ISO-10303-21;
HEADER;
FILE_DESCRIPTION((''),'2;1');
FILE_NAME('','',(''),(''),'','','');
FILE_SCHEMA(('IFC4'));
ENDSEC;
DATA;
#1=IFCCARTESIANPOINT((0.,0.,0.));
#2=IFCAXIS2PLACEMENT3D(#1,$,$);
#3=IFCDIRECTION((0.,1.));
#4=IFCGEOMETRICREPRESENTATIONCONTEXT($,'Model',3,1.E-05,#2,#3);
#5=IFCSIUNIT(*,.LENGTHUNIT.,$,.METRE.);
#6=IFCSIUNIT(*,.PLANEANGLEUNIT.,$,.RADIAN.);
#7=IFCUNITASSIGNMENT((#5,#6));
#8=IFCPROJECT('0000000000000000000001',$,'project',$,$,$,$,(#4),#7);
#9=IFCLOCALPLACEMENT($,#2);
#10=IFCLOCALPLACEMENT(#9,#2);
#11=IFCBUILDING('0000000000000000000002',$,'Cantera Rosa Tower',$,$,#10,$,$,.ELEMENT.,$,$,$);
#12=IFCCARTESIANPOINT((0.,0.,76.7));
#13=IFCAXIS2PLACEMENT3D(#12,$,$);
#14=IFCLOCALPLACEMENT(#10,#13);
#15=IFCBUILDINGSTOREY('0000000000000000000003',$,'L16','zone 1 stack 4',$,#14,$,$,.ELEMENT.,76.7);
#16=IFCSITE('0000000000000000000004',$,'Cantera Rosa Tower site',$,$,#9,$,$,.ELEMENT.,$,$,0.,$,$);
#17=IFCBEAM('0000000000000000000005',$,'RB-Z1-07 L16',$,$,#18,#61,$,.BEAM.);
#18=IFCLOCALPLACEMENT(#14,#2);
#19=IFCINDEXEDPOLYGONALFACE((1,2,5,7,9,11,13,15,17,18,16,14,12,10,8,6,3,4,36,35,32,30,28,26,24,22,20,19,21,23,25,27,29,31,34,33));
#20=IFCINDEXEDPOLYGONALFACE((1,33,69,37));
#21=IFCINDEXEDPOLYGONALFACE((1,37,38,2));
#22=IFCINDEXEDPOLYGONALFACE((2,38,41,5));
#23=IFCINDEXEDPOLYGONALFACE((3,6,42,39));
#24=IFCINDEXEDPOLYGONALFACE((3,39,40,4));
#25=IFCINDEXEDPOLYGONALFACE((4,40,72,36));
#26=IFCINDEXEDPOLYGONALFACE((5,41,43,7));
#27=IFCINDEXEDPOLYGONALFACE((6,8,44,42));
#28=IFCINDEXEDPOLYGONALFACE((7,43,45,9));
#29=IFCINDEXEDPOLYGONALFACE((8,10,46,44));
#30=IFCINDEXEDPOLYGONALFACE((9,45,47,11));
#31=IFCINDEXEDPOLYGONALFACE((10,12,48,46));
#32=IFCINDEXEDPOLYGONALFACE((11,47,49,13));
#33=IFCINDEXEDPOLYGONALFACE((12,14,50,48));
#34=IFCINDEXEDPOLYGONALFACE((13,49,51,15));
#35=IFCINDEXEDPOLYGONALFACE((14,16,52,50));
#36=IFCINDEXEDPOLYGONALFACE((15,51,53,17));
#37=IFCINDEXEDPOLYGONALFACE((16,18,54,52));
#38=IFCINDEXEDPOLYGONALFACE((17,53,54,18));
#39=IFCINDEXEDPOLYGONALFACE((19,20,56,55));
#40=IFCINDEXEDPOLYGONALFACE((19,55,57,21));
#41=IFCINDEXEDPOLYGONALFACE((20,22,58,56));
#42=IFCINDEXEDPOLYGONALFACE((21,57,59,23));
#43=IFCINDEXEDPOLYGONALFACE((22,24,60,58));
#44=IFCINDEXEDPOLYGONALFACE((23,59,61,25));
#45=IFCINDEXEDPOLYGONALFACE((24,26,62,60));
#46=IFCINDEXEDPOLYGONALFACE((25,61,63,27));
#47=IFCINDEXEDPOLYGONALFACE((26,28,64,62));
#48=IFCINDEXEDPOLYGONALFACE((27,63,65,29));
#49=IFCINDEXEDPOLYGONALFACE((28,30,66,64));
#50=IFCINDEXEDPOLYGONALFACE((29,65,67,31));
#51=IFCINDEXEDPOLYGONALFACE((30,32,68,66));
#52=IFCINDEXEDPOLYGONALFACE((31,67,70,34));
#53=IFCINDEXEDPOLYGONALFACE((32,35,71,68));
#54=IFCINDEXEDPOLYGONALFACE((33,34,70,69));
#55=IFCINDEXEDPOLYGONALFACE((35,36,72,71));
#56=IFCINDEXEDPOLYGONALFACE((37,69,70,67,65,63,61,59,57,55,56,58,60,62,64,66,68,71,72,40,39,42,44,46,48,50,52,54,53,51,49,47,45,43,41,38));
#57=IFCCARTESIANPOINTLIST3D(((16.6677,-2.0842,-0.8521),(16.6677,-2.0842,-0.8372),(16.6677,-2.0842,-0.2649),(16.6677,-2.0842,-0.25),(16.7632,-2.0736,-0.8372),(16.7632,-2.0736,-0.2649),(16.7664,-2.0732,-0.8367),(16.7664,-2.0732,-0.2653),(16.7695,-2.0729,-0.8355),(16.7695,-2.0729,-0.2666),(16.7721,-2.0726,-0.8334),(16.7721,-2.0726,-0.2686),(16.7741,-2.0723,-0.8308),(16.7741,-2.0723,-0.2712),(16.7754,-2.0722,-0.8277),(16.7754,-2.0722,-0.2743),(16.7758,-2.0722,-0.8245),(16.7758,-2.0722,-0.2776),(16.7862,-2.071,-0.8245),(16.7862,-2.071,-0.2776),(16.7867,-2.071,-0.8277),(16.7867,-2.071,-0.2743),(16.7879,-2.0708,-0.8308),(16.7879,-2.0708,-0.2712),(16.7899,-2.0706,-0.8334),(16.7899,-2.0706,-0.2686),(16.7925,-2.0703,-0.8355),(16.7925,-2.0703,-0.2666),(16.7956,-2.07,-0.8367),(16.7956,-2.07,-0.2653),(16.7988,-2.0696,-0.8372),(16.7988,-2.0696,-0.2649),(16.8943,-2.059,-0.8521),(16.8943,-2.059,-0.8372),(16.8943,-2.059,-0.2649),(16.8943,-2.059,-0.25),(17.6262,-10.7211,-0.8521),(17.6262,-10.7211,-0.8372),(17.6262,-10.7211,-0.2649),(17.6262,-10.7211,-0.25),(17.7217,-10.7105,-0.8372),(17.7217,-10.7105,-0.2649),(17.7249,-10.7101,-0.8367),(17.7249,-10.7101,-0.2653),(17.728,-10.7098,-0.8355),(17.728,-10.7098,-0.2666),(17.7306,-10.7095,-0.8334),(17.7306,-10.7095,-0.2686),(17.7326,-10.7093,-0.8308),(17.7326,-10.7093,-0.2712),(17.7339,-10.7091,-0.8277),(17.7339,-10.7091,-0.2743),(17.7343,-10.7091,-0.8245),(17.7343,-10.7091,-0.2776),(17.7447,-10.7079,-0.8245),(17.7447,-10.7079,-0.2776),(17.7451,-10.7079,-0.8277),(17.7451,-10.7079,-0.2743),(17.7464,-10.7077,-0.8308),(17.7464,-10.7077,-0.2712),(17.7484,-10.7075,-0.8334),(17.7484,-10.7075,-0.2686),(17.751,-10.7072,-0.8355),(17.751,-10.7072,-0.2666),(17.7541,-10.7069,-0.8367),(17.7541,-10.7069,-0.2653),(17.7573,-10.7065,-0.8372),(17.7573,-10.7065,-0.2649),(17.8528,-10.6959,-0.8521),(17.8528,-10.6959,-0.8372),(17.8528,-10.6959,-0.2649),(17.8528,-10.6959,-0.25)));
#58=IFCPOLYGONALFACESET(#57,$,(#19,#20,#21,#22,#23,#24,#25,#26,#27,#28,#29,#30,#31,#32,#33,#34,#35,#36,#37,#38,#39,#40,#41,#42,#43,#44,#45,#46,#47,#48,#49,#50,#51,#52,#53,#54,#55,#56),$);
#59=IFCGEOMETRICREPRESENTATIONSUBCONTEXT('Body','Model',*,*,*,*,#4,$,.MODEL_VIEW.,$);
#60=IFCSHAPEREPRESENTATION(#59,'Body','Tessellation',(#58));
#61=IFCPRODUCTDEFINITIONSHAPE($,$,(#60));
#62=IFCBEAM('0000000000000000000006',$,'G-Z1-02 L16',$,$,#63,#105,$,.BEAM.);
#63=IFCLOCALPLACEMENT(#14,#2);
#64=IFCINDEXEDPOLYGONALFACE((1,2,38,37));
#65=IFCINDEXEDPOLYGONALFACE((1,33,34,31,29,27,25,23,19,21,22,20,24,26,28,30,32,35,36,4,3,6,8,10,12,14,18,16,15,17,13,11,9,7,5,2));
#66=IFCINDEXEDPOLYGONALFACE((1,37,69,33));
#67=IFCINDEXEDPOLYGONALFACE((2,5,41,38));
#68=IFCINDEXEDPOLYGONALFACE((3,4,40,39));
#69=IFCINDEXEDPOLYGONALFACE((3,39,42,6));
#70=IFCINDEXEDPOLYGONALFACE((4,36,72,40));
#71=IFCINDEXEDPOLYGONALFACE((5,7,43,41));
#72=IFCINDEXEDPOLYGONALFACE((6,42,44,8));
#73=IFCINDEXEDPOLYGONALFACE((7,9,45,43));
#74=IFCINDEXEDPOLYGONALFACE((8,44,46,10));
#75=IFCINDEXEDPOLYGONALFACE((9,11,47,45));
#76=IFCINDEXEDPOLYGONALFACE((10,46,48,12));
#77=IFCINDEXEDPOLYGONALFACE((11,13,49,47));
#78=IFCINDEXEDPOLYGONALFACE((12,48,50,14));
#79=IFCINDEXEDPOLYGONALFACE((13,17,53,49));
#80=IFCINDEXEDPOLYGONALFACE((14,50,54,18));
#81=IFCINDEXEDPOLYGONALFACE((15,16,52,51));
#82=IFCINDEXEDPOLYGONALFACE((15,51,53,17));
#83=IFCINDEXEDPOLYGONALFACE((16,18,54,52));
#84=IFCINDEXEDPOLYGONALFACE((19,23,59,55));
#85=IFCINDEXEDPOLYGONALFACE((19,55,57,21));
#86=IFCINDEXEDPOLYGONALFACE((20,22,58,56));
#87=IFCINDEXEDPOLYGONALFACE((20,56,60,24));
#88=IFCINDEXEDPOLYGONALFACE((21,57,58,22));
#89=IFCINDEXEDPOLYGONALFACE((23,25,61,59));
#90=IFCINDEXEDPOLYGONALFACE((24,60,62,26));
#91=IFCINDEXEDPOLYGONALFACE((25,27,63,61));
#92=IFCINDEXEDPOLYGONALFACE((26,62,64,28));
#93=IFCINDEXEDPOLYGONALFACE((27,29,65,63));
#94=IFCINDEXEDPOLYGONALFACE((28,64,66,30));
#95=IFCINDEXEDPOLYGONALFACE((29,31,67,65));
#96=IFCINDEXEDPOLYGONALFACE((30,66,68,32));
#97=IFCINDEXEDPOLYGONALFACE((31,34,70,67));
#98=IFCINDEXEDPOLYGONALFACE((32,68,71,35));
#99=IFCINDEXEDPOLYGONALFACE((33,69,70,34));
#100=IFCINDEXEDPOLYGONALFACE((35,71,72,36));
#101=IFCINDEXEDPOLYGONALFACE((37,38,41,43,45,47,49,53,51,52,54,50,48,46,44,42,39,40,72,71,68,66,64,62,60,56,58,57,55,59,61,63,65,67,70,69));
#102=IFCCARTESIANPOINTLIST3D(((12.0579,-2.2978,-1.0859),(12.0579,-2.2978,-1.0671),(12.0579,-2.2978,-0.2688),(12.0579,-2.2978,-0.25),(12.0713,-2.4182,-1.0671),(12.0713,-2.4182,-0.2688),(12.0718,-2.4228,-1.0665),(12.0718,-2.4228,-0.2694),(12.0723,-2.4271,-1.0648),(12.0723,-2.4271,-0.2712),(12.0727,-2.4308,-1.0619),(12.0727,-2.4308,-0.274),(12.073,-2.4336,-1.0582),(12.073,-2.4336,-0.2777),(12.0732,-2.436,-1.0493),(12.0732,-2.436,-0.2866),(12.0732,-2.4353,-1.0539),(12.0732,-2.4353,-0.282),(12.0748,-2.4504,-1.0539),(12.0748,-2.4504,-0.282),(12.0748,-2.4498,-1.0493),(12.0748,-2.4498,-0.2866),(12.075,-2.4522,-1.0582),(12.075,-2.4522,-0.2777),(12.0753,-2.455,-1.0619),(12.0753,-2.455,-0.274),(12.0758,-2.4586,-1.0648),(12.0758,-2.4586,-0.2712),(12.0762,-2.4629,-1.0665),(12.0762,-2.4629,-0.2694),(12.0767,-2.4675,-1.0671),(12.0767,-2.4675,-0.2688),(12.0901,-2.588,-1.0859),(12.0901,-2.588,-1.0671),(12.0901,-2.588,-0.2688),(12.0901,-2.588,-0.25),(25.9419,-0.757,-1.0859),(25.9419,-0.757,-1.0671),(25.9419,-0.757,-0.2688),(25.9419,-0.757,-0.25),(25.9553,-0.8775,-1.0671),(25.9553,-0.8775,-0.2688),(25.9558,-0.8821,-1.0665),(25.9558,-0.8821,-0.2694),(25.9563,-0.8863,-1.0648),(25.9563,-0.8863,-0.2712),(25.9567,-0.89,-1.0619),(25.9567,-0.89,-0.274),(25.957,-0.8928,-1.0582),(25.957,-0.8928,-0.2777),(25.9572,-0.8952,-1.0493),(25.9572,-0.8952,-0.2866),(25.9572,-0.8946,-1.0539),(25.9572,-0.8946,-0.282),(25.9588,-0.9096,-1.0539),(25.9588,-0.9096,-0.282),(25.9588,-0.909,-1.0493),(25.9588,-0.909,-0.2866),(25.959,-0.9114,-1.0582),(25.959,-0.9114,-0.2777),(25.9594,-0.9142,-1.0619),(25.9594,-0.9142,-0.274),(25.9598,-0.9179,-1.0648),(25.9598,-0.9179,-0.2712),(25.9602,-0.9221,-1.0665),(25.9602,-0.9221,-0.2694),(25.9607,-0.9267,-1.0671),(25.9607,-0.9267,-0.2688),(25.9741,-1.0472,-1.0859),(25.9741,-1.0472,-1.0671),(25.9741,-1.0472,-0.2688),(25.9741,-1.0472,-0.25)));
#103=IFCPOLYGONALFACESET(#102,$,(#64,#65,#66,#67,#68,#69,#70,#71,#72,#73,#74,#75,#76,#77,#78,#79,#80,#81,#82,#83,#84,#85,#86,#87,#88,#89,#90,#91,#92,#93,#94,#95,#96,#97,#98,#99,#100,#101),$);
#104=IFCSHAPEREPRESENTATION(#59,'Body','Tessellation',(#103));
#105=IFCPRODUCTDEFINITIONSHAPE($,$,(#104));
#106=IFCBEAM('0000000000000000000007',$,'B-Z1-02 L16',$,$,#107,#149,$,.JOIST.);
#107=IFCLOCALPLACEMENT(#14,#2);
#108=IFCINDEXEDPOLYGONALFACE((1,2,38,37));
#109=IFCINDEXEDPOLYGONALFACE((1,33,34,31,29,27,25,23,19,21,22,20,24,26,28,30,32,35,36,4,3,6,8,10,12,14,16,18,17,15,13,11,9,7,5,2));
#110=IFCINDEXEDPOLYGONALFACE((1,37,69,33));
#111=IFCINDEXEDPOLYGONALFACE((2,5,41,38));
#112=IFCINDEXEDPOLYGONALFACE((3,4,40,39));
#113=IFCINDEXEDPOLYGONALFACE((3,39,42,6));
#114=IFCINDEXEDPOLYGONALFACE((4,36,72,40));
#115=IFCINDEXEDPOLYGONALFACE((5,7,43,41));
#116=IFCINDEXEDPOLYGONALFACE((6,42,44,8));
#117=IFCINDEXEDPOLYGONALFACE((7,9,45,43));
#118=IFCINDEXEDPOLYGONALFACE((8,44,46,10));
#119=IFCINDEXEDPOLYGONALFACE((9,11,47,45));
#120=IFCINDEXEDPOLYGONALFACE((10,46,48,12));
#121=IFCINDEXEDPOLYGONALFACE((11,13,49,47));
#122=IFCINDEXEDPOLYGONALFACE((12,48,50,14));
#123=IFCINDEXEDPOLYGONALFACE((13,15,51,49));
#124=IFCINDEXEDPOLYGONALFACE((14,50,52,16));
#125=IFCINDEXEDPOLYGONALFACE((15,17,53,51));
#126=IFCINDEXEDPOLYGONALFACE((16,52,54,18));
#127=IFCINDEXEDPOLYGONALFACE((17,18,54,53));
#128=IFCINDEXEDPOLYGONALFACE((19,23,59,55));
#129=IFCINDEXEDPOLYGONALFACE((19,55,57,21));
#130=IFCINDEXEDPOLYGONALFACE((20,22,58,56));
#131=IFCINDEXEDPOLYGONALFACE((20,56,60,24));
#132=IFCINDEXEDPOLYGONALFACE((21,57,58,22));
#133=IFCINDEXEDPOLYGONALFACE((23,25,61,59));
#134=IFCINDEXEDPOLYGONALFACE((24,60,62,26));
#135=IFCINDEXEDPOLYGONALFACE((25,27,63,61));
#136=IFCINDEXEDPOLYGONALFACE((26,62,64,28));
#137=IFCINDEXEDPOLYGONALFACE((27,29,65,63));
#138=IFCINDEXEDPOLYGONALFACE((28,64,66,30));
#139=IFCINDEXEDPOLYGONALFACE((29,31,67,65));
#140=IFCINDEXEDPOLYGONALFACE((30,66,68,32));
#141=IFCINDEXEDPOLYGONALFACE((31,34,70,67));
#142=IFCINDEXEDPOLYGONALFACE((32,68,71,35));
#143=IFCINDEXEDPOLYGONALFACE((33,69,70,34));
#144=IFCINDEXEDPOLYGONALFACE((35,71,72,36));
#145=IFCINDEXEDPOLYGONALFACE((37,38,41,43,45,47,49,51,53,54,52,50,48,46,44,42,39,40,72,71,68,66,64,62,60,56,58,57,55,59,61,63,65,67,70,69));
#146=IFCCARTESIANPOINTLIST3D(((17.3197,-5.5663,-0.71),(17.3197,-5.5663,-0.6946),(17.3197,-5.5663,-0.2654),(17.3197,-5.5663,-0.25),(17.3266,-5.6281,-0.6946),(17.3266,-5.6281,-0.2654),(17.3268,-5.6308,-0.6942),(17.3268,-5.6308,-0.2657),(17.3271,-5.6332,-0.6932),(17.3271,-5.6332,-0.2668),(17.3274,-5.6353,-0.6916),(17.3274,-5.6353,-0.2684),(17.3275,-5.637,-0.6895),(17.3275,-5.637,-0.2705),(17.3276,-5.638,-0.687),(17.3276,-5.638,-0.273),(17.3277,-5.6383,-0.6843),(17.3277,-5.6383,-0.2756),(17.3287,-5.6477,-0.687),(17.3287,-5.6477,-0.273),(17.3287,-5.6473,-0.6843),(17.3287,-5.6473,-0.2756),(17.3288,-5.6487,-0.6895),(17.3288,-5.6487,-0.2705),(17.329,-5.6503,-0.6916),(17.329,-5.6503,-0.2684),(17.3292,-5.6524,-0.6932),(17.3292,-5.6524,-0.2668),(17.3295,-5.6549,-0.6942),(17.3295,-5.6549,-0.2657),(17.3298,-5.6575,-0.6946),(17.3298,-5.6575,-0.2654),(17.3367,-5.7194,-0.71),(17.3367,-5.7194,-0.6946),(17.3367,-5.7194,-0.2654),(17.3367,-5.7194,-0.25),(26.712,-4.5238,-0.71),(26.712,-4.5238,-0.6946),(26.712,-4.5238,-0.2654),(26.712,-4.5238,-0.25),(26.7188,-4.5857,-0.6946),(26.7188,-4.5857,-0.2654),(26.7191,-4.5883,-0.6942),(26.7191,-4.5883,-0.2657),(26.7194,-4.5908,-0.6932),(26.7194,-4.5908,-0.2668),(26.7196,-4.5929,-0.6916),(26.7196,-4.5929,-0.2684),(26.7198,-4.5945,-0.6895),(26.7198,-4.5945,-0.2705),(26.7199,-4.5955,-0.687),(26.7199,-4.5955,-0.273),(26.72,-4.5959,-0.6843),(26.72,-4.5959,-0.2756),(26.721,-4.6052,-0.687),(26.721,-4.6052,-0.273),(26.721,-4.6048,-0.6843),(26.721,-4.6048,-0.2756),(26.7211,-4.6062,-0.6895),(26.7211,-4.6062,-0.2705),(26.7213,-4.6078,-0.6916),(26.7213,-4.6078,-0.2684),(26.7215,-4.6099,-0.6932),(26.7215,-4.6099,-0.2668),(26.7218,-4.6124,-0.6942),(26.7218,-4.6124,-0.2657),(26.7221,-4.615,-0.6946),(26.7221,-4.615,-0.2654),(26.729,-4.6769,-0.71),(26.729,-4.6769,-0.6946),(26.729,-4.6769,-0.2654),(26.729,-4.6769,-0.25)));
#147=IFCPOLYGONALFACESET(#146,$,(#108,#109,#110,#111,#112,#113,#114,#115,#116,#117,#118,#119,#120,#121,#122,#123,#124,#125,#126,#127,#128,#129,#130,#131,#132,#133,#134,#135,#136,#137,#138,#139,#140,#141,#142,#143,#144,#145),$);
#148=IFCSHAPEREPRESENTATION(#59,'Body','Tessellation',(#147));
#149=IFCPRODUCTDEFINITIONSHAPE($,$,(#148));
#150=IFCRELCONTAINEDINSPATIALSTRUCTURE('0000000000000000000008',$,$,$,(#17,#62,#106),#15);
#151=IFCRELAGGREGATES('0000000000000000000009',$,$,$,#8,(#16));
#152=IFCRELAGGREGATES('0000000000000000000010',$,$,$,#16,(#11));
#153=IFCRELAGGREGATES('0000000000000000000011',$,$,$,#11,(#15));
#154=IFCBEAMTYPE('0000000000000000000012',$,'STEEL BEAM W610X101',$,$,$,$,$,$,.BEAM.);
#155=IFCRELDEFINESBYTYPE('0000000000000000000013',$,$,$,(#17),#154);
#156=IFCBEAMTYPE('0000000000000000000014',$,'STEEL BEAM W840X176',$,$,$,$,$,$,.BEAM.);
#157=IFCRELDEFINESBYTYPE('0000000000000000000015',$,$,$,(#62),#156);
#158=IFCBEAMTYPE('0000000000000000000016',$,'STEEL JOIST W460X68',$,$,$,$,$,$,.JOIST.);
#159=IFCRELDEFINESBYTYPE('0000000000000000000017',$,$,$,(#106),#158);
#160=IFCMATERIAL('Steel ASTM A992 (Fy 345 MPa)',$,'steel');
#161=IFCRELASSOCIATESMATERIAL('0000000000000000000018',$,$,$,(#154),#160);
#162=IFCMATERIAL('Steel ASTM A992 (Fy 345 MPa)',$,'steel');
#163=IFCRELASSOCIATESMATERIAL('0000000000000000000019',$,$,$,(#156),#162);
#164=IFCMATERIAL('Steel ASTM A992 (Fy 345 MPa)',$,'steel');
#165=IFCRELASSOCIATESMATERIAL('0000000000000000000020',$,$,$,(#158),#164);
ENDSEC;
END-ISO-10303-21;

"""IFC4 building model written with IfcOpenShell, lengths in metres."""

from ifc_helpers import new_model, si_unit, direction, frame, origin, origin_2d, place, context, subcontext, project, spatial, i_section, extrude, material, material_profile, profile_set, type_object, element, save


model = new_model("IFC4")

# Units and contexts
model_context = context("Model", 3, precision=1e-05, world=origin(), true_north=direction((0.0, 1.0)))
body_context = subcontext(model_context, "Body", "Model", "MODEL_VIEW")
ifc_project = project(units=[si_unit("LENGTHUNIT", "METRE"), si_unit("PLANEANGLEUNIT", "RADIAN")], contexts=[model_context])

# Site, building, storey
site_placement = place(None, origin())
site = spatial("IfcSite", under=ifc_project, at=site_placement, Name="Cantera Rosa Tower site", CompositionType="ELEMENT", RefElevation=0.0)
building_placement = place(site_placement, origin())
building = spatial("IfcBuilding", under=site, at=building_placement, Name="Cantera Rosa Tower", CompositionType="ELEMENT")
storey_placement = place(building_placement, frame((0.0, 0.0, 76.7)))
storey = spatial("IfcBuildingStorey", under=building, at=storey_placement, Name="L16", Description="zone 1 stack 4", CompositionType="ELEMENT", Elevation=76.7)

# Beams
ifc_material_1 = material(Name="Steel ASTM A992 (Fy 345 MPa)", Category="steel")
ifc_material_profile_1 = material_profile(ifc_material_1, i_section(OverallWidth=0.228, OverallDepth=0.6021, WebThickness=0.0105, FlangeThickness=0.0149, FilletRadius=0.0127, at=origin_2d()), Name="W610X101")
ifc_profile_set_1 = profile_set([ifc_material_profile_1], Name="Steel ASTM A992 (Fy 345 MPa)")
beam_type_1 = type_object("IfcBeamType", Name="STEEL BEAM W610X101", PredefinedType="BEAM", material=ifc_profile_set_1)
beam_1_placement = place(storey_placement, frame((17.7395, -10.7085, -0.551), z_axis=(-0.110299, 0.993898, 0.0), x_axis=(-0.993898, -0.110299, 0.0)))
element("IfcBeam", 1, at=beam_1_placement, inside=storey, type_object=beam_type_1, Name="RB-Z1-07 L16", PredefinedType="BEAM", context=body_context, shape_type="SweptSolid", body=[
    extrude(i_section(OverallWidth=0.228, OverallDepth=0.6021, WebThickness=0.0105, FlangeThickness=0.0149, FilletRadius=0.0127, at=origin_2d()), origin(), (0.0, 0.0, 1.0), 8.6899),
])
ifc_material_2 = material(Name="Steel ASTM A992 (Fy 345 MPa)", Category="steel")
ifc_material_profile_2 = material_profile(ifc_material_2, i_section(OverallWidth=0.292, OverallDepth=0.8359, WebThickness=0.0139, FlangeThickness=0.0188, FilletRadius=0.0178, at=origin_2d()), Name="W840X176")
ifc_profile_set_2 = profile_set([ifc_material_profile_2], Name="Steel ASTM A992 (Fy 345 MPa)")
beam_type_2 = type_object("IfcBeamType", Name="STEEL BEAM W840X176", PredefinedType="BEAM", material=ifc_profile_set_2)
beam_2_placement = place(storey_placement, frame((25.958, -0.9021, -0.668), z_axis=(-0.993899, -0.110297, 0.0), x_axis=(0.110297, -0.993899, 0.0)))
element("IfcBeam", 2, at=beam_2_placement, inside=storey, type_object=beam_type_2, Name="G-Z1-02 L16", PredefinedType="BEAM", context=body_context, shape_type="SweptSolid", body=[
    extrude(i_section(OverallWidth=0.292, OverallDepth=0.8359, WebThickness=0.0139, FlangeThickness=0.0188, FilletRadius=0.0178, at=origin_2d()), origin(), (0.0, 0.0, 1.0), 13.9692),
])
ifc_material_3 = material(Name="Steel ASTM A992 (Fy 345 MPa)", Category="steel")
ifc_material_profile_3 = material_profile(ifc_material_3, i_section(OverallWidth=0.1541, OverallDepth=0.46, WebThickness=0.009, FlangeThickness=0.0154, FilletRadius=0.0103, at=origin_2d()), Name="W460X68")
ifc_profile_set_3 = profile_set([ifc_material_profile_3], Name="Steel ASTM A992 (Fy 345 MPa)")
beam_type_3 = type_object("IfcBeamType", Name="STEEL JOIST W460X68", PredefinedType="JOIST", material=ifc_profile_set_3)
beam_3_placement = place(storey_placement, frame((26.7205, -4.6003, -0.48), z_axis=(-0.993897, -0.110315, 0.0), x_axis=(0.110315, -0.993897, 0.0)))
element("IfcBeam", 3, at=beam_3_placement, inside=storey, type_object=beam_type_3, Name="B-Z1-02 L16", PredefinedType="JOIST", context=body_context, shape_type="SweptSolid", body=[
    extrude(i_section(OverallWidth=0.1541, OverallDepth=0.46, WebThickness=0.009, FlangeThickness=0.0154, FilletRadius=0.0103, at=origin_2d()), origin(), (0.0, 0.0, 1.0), 9.45),
])

save(model, "model.ifc")
